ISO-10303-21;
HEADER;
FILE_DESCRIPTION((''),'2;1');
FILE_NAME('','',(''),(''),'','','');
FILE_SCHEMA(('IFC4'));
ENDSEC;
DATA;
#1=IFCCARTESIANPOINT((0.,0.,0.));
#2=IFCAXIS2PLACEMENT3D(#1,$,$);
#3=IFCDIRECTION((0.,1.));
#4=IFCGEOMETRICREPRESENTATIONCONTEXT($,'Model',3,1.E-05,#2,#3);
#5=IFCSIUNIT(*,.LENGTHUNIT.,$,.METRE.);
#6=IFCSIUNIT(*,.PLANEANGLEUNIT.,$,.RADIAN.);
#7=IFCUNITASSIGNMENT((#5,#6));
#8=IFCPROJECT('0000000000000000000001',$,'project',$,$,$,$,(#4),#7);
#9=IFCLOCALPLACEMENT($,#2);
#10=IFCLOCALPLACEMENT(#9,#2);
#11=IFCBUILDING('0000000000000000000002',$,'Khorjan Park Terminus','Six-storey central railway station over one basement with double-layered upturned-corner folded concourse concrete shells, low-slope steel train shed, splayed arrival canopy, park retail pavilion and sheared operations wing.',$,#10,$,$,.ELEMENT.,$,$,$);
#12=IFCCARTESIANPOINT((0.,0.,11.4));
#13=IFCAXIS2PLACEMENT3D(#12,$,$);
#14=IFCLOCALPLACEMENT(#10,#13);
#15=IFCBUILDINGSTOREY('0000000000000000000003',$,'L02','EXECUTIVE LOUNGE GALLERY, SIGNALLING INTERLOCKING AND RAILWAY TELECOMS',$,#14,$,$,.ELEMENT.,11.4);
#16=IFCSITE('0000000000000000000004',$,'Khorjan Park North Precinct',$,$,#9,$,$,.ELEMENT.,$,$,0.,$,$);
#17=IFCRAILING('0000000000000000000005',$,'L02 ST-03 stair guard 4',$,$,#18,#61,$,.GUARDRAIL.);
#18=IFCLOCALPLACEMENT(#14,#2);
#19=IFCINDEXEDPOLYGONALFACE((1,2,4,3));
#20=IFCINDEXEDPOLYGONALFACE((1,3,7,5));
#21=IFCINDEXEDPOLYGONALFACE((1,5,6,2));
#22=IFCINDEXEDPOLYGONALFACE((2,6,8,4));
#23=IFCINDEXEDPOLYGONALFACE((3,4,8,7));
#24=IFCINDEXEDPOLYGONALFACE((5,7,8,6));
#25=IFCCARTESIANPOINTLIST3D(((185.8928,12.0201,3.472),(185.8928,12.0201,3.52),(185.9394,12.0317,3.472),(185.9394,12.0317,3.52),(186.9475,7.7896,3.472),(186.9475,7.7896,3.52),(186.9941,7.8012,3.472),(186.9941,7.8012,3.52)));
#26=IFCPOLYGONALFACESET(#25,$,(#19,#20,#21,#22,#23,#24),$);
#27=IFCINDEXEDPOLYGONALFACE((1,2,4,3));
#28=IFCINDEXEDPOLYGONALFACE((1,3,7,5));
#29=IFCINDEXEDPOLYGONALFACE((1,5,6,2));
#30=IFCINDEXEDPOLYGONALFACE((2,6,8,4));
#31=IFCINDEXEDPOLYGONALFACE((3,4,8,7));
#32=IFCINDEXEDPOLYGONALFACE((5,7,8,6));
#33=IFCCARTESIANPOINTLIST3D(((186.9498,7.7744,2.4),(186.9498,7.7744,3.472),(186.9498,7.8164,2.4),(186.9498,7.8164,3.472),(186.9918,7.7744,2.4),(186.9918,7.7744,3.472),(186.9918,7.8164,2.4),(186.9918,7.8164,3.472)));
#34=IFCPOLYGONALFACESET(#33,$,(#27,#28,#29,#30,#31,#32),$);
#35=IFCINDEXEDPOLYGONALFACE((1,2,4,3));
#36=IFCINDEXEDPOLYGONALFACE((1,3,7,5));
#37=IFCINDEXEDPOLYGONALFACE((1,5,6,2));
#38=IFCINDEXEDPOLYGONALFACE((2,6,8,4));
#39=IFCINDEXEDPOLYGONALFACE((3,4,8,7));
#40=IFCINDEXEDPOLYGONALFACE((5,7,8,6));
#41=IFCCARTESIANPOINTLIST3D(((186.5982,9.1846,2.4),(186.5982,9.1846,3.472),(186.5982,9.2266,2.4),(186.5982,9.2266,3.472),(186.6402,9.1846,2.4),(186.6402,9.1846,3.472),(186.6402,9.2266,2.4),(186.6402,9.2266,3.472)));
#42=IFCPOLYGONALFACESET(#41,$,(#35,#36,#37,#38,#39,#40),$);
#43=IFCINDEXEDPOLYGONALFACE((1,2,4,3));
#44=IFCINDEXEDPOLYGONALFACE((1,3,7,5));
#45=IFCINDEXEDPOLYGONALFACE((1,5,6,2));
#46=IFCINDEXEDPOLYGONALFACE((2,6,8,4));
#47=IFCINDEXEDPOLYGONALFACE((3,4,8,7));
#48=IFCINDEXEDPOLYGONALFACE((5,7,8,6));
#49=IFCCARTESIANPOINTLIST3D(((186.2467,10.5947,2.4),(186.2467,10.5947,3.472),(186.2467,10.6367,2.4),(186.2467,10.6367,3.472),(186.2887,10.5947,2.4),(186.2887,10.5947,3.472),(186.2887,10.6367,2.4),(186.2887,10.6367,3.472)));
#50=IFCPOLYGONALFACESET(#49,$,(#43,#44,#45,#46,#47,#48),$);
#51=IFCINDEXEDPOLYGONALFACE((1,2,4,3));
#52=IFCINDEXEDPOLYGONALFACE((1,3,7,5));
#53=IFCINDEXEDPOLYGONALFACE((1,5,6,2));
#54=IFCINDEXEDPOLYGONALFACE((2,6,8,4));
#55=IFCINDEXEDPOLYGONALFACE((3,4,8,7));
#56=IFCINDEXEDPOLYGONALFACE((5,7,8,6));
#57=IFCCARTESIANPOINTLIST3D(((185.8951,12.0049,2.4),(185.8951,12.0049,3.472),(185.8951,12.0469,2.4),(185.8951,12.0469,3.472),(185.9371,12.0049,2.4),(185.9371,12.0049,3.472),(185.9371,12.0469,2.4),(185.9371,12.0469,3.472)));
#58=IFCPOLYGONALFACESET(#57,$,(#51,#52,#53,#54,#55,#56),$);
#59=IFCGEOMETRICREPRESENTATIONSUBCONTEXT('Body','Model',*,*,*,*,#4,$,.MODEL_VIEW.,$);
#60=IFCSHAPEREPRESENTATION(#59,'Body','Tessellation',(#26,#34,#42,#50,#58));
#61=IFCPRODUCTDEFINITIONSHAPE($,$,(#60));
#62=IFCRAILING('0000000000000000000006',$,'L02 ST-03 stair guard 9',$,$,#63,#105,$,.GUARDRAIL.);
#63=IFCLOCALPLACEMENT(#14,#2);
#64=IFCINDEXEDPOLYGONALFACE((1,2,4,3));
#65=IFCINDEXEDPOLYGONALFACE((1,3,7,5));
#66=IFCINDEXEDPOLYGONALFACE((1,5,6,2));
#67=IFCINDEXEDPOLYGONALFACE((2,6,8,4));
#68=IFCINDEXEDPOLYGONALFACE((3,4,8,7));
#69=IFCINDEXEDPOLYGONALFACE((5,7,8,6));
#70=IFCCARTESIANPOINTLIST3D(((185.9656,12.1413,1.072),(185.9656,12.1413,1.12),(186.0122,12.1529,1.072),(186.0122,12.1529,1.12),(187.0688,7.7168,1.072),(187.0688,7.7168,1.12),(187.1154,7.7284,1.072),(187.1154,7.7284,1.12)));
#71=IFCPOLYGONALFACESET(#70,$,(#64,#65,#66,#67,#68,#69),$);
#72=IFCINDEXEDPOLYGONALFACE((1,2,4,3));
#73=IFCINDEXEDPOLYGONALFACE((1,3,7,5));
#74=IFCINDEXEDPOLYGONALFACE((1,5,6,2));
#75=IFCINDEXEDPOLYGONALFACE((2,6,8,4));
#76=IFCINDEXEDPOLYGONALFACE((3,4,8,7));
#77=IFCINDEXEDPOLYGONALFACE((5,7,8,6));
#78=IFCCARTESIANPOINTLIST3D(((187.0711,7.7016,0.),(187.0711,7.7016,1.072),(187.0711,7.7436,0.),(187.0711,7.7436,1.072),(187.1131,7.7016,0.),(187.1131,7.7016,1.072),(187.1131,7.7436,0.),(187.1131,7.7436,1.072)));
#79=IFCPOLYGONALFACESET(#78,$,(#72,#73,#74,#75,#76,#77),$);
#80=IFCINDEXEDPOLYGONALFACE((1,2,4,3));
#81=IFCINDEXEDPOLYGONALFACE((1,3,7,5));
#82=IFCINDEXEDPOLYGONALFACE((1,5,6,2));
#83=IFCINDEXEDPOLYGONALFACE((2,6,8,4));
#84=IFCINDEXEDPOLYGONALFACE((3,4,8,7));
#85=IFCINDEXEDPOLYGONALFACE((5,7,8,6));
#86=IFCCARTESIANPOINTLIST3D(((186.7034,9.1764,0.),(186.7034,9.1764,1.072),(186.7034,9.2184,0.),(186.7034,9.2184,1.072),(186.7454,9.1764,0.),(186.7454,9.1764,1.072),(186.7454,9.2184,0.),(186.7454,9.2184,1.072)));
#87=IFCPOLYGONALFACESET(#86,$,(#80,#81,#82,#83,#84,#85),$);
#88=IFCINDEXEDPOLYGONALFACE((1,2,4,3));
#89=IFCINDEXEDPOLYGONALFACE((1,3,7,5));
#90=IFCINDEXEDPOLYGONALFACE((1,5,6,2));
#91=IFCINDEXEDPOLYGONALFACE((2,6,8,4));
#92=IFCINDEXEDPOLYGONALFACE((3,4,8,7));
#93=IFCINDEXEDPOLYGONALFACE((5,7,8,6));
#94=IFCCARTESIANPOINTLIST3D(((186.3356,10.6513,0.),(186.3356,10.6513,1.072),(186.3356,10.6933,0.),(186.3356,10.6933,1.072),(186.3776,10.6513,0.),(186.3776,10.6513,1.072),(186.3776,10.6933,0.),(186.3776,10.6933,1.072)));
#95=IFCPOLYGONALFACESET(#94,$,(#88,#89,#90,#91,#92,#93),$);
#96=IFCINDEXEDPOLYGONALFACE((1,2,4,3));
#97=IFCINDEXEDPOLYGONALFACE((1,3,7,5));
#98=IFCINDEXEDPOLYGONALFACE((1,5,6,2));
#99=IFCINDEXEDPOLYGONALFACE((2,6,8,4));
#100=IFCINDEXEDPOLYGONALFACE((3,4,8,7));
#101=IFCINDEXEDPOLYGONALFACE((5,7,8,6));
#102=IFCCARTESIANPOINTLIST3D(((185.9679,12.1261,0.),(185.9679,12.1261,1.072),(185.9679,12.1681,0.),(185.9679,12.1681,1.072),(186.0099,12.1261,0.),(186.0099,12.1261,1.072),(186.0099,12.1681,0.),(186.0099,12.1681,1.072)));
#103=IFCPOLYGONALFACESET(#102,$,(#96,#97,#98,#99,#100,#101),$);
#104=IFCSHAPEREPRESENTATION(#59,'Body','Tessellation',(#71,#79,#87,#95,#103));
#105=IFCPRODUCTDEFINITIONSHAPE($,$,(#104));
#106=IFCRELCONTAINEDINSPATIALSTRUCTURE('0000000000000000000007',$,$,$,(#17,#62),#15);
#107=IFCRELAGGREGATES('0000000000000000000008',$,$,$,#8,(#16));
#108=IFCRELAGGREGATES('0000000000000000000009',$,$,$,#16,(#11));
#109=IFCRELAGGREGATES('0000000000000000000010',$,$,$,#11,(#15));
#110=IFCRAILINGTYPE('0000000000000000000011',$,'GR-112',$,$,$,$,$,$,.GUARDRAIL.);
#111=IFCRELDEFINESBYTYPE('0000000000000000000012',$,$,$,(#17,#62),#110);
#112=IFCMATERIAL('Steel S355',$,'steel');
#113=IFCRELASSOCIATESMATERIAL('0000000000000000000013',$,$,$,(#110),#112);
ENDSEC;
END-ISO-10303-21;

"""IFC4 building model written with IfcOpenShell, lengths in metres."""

from ifc_helpers import new_model, si_unit, direction, frame, origin, origin_2d, place, context, subcontext, project, spatial, rectangle, extrude, material, type_object, element, save


model = new_model("IFC4")

# Units and contexts
model_context = context("Model", 3, precision=1e-05, world=origin(), true_north=direction((0.0, 1.0)))
body_context = subcontext(model_context, "Body", "Model", "MODEL_VIEW")
ifc_project = project(units=[si_unit("LENGTHUNIT", "METRE"), si_unit("PLANEANGLEUNIT", "RADIAN")], contexts=[model_context])

# Site, building, storey
site_placement = place(None, origin())
site = spatial("IfcSite", under=ifc_project, at=site_placement, Name="Khorjan Park North Precinct", CompositionType="ELEMENT", RefElevation=0.0)
building_placement = place(site_placement, origin())
building = spatial("IfcBuilding", under=site, at=building_placement, Name="Khorjan Park Terminus", Description="Six-storey central railway station over one basement with double-layered upturned-corner folded concourse concrete shells, low-slope steel train shed, splayed arrival canopy, park retail pavilion and sheared operations wing.", CompositionType="ELEMENT")
storey_placement = place(building_placement, frame((0.0, 0.0, 11.4)))
storey = spatial("IfcBuildingStorey", under=building, at=storey_placement, Name="L02", Description="EXECUTIVE LOUNGE GALLERY, SIGNALLING INTERLOCKING AND RAILWAY TELECOMS", CompositionType="ELEMENT", Elevation=11.4)

# Shared definitions
ifc_material_1 = material(Name="Steel S355", Category="steel")

# Railings
railing_type = type_object("IfcRailingType", Name="GR-112", PredefinedType="GUARDRAIL", material=ifc_material_1)
railing_1_placement = place(storey_placement, frame((186.9708, 7.7954, 2.4)))
element("IfcRailing", 1, at=railing_1_placement, inside=storey, type_object=railing_type, Name="L02 ST-03 stair guard 4", PredefinedType="GUARDRAIL", context=body_context, shape_type="SweptSolid", body=[
    extrude(rectangle(XDim=0.048, YDim=0.048, at=origin_2d()), frame((0.0, 0.0, 1.096), z_axis=(-0.241904, 0.9703, 0.0), x_axis=(-0.9703, -0.241904, 0.0)), (0.0, 0.0, 1.0), 4.36),
    extrude(rectangle(XDim=0.042, YDim=0.042, at=origin_2d()), origin(), (0.0, 0.0, 1.0), 1.072),
    extrude(rectangle(XDim=0.042, YDim=0.042, at=origin_2d()), frame((-0.3516, 1.4102, 0.0)), (0.0, 0.0, 1.0), 1.072),
    extrude(rectangle(XDim=0.042, YDim=0.042, at=origin_2d()), frame((-0.7031, 2.8203, 0.0)), (0.0, 0.0, 1.0), 1.072),
    extrude(rectangle(XDim=0.042, YDim=0.042, at=origin_2d()), frame((-1.0547, 4.2305, 0.0)), (0.0, 0.0, 1.0), 1.072),
])
railing_2_placement = place(storey_placement, frame((187.0921, 7.7226, 0.0)))
element("IfcRailing", 2, at=railing_2_placement, inside=storey, type_object=railing_type, Name="L02 ST-03 stair guard 9", PredefinedType="GUARDRAIL", context=body_context, shape_type="SweptSolid", body=[
    extrude(rectangle(XDim=0.048, YDim=0.048, at=origin_2d()), frame((0.0, 0.0, 1.096), z_axis=(-0.241932, 0.970293, 0.0), x_axis=(-0.970293, -0.241932, 0.0)), (0.0, 0.0, 1.0), 4.56),
    extrude(rectangle(XDim=0.042, YDim=0.042, at=origin_2d()), origin(), (0.0, 0.0, 1.0), 1.072),
    extrude(rectangle(XDim=0.042, YDim=0.042, at=origin_2d()), frame((-0.3677, 1.4748, 0.0)), (0.0, 0.0, 1.0), 1.072),
    extrude(rectangle(XDim=0.042, YDim=0.042, at=origin_2d()), frame((-0.7355, 2.9497, 0.0)), (0.0, 0.0, 1.0), 1.072),
    extrude(rectangle(XDim=0.042, YDim=0.042, at=origin_2d()), frame((-1.1032, 4.4245, 0.0)), (0.0, 0.0, 1.0), 1.072),
])

save(model, "model.ifc")
